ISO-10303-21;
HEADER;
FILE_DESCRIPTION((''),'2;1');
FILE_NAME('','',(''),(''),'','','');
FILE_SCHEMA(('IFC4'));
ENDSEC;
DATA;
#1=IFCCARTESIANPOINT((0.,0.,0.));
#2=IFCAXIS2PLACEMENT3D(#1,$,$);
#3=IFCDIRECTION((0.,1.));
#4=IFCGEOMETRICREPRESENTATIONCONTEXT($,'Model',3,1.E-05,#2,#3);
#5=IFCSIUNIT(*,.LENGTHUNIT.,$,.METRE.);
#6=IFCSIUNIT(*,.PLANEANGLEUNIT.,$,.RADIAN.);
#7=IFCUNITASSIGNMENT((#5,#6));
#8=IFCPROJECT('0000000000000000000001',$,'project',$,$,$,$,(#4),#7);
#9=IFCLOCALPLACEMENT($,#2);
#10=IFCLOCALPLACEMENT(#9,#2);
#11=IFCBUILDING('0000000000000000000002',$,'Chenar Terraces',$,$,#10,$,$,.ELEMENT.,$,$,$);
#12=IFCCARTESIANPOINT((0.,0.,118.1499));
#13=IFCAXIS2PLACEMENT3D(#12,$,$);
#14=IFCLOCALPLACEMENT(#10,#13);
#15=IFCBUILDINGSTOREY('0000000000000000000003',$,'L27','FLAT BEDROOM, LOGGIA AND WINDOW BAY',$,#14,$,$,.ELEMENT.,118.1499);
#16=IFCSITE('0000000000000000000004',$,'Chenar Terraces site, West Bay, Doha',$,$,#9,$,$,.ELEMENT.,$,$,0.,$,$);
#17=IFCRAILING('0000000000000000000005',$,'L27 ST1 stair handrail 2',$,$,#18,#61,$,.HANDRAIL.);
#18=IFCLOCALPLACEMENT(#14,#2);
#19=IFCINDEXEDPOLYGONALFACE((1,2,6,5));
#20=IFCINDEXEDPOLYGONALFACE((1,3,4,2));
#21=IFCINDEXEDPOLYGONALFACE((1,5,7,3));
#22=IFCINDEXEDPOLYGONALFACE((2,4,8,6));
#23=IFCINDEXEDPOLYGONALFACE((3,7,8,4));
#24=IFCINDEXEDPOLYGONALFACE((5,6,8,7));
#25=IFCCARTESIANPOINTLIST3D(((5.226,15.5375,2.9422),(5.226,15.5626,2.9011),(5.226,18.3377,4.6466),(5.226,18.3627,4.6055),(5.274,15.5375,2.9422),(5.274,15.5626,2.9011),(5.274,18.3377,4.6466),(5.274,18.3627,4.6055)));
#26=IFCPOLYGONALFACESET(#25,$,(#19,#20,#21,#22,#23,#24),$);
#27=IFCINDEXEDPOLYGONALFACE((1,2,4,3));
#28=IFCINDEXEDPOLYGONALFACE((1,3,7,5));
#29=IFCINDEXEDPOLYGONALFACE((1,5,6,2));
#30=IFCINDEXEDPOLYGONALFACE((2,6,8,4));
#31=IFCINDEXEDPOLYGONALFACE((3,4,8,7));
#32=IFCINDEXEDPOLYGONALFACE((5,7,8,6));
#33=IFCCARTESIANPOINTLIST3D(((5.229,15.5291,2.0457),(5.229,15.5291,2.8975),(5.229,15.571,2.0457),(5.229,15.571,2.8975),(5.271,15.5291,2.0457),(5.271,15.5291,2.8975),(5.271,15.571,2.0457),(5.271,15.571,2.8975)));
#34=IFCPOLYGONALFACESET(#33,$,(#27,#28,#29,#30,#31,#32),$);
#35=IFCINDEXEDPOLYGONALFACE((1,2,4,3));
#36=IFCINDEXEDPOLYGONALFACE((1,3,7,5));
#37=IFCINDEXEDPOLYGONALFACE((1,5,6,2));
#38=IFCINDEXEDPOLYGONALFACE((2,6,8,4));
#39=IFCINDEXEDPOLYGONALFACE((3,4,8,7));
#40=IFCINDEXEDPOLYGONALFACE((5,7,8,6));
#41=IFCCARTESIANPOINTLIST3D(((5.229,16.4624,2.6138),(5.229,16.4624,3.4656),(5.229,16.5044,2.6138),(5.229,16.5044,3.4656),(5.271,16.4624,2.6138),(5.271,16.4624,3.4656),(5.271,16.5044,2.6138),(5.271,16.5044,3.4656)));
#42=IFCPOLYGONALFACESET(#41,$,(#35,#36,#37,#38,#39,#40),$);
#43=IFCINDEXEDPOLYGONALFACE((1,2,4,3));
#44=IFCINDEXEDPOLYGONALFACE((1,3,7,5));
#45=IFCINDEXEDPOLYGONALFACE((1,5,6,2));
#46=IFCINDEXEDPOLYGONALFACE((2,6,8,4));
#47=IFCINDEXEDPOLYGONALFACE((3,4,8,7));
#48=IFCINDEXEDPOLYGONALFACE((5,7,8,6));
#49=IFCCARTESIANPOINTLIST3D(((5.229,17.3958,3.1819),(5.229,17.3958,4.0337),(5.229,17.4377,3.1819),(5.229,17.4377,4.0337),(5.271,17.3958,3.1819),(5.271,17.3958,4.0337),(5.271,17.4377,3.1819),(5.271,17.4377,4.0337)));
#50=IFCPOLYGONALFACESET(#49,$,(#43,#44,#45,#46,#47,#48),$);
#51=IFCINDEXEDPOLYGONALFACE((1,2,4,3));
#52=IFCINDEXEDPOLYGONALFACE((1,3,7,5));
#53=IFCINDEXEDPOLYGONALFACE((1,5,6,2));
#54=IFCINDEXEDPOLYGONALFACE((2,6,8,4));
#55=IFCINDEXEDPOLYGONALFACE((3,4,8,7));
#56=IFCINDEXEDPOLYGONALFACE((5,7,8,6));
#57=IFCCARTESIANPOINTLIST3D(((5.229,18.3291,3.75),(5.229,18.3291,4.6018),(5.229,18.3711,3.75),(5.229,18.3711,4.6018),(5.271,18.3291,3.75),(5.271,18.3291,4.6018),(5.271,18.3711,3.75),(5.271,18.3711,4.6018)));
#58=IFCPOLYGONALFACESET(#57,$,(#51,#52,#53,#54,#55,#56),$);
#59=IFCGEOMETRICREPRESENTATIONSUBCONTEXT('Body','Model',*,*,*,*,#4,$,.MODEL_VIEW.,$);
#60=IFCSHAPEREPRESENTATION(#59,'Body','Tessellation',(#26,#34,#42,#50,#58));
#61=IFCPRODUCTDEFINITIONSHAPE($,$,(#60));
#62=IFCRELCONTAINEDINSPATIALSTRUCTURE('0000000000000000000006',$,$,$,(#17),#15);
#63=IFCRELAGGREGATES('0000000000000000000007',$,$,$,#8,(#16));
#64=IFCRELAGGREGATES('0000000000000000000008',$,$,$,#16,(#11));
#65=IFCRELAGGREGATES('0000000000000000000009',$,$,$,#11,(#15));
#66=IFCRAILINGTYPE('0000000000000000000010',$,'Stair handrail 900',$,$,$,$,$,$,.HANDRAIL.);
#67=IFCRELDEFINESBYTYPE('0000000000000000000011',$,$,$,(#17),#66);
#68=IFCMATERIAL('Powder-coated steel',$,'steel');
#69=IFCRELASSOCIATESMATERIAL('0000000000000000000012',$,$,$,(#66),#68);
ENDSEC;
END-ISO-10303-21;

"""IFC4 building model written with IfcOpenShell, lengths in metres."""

from ifc_helpers import new_model, si_unit, direction, frame, origin, origin_2d, place, context, subcontext, project, spatial, rectangle, extrude, material, type_object, element, save


model = new_model("IFC4")

# Units and contexts
model_context = context("Model", 3, precision=1e-05, world=origin(), true_north=direction((0.0, 1.0)))
body_context = subcontext(model_context, "Body", "Model", "MODEL_VIEW")
ifc_project = project(units=[si_unit("LENGTHUNIT", "METRE"), si_unit("PLANEANGLEUNIT", "RADIAN")], contexts=[model_context])

# Site, building, storey
site_placement = place(None, origin())
site = spatial("IfcSite", under=ifc_project, at=site_placement, Name="Chenar Terraces site, West Bay, Doha", CompositionType="ELEMENT", RefElevation=0.0)
building_placement = place(site_placement, origin())
building = spatial("IfcBuilding", under=site, at=building_placement, Name="Chenar Terraces", CompositionType="ELEMENT")
storey_placement = place(building_placement, frame((0.0, 0.0, 118.1499)))
storey = spatial("IfcBuildingStorey", under=building, at=storey_placement, Name="L27", Description="FLAT BEDROOM, LOGGIA AND WINDOW BAY", CompositionType="ELEMENT", Elevation=118.1499)

# Railing
ifc_material_1 = material(Name="Powder-coated steel", Category="steel")
railing_type_1 = type_object("IfcRailingType", Name="Stair handrail 900", PredefinedType="HANDRAIL", material=ifc_material_1)
railing_1_placement = place(storey_placement, frame((5.25, 15.55, 2.0457)))
element("IfcRailing", 1, at=railing_1_placement, inside=storey, type_object=railing_type_1, Name="L27 ST1 stair handrail 2", PredefinedType="HANDRAIL", context=body_context, shape_type="SweptSolid", body=[
    extrude(rectangle(XDim=0.0481, YDim=0.0481, at=origin_2d()), frame((0.0, 0.0, 0.876), z_axis=(0.0, 0.854203, 0.51994), x_axis=(-1.0, 0.0, 0.0)), (0.0, 0.0, 1.0), 3.2781),
    extrude(rectangle(XDim=0.042, YDim=0.042, at=origin_2d()), origin(), (0.0, 0.0, 1.0), 0.8518),
    extrude(rectangle(XDim=0.042, YDim=0.042, at=origin_2d()), frame((0.0, 0.9333, 0.5681)), (0.0, 0.0, 1.0), 0.8518),
    extrude(rectangle(XDim=0.042, YDim=0.042, at=origin_2d()), frame((0.0, 1.8667, 1.1362)), (0.0, 0.0, 1.0), 0.8518),
    extrude(rectangle(XDim=0.042, YDim=0.042, at=origin_2d()), frame((0.0, 2.8, 1.7043)), (0.0, 0.0, 1.0), 0.8518),
])

save(model, "model.ifc")
